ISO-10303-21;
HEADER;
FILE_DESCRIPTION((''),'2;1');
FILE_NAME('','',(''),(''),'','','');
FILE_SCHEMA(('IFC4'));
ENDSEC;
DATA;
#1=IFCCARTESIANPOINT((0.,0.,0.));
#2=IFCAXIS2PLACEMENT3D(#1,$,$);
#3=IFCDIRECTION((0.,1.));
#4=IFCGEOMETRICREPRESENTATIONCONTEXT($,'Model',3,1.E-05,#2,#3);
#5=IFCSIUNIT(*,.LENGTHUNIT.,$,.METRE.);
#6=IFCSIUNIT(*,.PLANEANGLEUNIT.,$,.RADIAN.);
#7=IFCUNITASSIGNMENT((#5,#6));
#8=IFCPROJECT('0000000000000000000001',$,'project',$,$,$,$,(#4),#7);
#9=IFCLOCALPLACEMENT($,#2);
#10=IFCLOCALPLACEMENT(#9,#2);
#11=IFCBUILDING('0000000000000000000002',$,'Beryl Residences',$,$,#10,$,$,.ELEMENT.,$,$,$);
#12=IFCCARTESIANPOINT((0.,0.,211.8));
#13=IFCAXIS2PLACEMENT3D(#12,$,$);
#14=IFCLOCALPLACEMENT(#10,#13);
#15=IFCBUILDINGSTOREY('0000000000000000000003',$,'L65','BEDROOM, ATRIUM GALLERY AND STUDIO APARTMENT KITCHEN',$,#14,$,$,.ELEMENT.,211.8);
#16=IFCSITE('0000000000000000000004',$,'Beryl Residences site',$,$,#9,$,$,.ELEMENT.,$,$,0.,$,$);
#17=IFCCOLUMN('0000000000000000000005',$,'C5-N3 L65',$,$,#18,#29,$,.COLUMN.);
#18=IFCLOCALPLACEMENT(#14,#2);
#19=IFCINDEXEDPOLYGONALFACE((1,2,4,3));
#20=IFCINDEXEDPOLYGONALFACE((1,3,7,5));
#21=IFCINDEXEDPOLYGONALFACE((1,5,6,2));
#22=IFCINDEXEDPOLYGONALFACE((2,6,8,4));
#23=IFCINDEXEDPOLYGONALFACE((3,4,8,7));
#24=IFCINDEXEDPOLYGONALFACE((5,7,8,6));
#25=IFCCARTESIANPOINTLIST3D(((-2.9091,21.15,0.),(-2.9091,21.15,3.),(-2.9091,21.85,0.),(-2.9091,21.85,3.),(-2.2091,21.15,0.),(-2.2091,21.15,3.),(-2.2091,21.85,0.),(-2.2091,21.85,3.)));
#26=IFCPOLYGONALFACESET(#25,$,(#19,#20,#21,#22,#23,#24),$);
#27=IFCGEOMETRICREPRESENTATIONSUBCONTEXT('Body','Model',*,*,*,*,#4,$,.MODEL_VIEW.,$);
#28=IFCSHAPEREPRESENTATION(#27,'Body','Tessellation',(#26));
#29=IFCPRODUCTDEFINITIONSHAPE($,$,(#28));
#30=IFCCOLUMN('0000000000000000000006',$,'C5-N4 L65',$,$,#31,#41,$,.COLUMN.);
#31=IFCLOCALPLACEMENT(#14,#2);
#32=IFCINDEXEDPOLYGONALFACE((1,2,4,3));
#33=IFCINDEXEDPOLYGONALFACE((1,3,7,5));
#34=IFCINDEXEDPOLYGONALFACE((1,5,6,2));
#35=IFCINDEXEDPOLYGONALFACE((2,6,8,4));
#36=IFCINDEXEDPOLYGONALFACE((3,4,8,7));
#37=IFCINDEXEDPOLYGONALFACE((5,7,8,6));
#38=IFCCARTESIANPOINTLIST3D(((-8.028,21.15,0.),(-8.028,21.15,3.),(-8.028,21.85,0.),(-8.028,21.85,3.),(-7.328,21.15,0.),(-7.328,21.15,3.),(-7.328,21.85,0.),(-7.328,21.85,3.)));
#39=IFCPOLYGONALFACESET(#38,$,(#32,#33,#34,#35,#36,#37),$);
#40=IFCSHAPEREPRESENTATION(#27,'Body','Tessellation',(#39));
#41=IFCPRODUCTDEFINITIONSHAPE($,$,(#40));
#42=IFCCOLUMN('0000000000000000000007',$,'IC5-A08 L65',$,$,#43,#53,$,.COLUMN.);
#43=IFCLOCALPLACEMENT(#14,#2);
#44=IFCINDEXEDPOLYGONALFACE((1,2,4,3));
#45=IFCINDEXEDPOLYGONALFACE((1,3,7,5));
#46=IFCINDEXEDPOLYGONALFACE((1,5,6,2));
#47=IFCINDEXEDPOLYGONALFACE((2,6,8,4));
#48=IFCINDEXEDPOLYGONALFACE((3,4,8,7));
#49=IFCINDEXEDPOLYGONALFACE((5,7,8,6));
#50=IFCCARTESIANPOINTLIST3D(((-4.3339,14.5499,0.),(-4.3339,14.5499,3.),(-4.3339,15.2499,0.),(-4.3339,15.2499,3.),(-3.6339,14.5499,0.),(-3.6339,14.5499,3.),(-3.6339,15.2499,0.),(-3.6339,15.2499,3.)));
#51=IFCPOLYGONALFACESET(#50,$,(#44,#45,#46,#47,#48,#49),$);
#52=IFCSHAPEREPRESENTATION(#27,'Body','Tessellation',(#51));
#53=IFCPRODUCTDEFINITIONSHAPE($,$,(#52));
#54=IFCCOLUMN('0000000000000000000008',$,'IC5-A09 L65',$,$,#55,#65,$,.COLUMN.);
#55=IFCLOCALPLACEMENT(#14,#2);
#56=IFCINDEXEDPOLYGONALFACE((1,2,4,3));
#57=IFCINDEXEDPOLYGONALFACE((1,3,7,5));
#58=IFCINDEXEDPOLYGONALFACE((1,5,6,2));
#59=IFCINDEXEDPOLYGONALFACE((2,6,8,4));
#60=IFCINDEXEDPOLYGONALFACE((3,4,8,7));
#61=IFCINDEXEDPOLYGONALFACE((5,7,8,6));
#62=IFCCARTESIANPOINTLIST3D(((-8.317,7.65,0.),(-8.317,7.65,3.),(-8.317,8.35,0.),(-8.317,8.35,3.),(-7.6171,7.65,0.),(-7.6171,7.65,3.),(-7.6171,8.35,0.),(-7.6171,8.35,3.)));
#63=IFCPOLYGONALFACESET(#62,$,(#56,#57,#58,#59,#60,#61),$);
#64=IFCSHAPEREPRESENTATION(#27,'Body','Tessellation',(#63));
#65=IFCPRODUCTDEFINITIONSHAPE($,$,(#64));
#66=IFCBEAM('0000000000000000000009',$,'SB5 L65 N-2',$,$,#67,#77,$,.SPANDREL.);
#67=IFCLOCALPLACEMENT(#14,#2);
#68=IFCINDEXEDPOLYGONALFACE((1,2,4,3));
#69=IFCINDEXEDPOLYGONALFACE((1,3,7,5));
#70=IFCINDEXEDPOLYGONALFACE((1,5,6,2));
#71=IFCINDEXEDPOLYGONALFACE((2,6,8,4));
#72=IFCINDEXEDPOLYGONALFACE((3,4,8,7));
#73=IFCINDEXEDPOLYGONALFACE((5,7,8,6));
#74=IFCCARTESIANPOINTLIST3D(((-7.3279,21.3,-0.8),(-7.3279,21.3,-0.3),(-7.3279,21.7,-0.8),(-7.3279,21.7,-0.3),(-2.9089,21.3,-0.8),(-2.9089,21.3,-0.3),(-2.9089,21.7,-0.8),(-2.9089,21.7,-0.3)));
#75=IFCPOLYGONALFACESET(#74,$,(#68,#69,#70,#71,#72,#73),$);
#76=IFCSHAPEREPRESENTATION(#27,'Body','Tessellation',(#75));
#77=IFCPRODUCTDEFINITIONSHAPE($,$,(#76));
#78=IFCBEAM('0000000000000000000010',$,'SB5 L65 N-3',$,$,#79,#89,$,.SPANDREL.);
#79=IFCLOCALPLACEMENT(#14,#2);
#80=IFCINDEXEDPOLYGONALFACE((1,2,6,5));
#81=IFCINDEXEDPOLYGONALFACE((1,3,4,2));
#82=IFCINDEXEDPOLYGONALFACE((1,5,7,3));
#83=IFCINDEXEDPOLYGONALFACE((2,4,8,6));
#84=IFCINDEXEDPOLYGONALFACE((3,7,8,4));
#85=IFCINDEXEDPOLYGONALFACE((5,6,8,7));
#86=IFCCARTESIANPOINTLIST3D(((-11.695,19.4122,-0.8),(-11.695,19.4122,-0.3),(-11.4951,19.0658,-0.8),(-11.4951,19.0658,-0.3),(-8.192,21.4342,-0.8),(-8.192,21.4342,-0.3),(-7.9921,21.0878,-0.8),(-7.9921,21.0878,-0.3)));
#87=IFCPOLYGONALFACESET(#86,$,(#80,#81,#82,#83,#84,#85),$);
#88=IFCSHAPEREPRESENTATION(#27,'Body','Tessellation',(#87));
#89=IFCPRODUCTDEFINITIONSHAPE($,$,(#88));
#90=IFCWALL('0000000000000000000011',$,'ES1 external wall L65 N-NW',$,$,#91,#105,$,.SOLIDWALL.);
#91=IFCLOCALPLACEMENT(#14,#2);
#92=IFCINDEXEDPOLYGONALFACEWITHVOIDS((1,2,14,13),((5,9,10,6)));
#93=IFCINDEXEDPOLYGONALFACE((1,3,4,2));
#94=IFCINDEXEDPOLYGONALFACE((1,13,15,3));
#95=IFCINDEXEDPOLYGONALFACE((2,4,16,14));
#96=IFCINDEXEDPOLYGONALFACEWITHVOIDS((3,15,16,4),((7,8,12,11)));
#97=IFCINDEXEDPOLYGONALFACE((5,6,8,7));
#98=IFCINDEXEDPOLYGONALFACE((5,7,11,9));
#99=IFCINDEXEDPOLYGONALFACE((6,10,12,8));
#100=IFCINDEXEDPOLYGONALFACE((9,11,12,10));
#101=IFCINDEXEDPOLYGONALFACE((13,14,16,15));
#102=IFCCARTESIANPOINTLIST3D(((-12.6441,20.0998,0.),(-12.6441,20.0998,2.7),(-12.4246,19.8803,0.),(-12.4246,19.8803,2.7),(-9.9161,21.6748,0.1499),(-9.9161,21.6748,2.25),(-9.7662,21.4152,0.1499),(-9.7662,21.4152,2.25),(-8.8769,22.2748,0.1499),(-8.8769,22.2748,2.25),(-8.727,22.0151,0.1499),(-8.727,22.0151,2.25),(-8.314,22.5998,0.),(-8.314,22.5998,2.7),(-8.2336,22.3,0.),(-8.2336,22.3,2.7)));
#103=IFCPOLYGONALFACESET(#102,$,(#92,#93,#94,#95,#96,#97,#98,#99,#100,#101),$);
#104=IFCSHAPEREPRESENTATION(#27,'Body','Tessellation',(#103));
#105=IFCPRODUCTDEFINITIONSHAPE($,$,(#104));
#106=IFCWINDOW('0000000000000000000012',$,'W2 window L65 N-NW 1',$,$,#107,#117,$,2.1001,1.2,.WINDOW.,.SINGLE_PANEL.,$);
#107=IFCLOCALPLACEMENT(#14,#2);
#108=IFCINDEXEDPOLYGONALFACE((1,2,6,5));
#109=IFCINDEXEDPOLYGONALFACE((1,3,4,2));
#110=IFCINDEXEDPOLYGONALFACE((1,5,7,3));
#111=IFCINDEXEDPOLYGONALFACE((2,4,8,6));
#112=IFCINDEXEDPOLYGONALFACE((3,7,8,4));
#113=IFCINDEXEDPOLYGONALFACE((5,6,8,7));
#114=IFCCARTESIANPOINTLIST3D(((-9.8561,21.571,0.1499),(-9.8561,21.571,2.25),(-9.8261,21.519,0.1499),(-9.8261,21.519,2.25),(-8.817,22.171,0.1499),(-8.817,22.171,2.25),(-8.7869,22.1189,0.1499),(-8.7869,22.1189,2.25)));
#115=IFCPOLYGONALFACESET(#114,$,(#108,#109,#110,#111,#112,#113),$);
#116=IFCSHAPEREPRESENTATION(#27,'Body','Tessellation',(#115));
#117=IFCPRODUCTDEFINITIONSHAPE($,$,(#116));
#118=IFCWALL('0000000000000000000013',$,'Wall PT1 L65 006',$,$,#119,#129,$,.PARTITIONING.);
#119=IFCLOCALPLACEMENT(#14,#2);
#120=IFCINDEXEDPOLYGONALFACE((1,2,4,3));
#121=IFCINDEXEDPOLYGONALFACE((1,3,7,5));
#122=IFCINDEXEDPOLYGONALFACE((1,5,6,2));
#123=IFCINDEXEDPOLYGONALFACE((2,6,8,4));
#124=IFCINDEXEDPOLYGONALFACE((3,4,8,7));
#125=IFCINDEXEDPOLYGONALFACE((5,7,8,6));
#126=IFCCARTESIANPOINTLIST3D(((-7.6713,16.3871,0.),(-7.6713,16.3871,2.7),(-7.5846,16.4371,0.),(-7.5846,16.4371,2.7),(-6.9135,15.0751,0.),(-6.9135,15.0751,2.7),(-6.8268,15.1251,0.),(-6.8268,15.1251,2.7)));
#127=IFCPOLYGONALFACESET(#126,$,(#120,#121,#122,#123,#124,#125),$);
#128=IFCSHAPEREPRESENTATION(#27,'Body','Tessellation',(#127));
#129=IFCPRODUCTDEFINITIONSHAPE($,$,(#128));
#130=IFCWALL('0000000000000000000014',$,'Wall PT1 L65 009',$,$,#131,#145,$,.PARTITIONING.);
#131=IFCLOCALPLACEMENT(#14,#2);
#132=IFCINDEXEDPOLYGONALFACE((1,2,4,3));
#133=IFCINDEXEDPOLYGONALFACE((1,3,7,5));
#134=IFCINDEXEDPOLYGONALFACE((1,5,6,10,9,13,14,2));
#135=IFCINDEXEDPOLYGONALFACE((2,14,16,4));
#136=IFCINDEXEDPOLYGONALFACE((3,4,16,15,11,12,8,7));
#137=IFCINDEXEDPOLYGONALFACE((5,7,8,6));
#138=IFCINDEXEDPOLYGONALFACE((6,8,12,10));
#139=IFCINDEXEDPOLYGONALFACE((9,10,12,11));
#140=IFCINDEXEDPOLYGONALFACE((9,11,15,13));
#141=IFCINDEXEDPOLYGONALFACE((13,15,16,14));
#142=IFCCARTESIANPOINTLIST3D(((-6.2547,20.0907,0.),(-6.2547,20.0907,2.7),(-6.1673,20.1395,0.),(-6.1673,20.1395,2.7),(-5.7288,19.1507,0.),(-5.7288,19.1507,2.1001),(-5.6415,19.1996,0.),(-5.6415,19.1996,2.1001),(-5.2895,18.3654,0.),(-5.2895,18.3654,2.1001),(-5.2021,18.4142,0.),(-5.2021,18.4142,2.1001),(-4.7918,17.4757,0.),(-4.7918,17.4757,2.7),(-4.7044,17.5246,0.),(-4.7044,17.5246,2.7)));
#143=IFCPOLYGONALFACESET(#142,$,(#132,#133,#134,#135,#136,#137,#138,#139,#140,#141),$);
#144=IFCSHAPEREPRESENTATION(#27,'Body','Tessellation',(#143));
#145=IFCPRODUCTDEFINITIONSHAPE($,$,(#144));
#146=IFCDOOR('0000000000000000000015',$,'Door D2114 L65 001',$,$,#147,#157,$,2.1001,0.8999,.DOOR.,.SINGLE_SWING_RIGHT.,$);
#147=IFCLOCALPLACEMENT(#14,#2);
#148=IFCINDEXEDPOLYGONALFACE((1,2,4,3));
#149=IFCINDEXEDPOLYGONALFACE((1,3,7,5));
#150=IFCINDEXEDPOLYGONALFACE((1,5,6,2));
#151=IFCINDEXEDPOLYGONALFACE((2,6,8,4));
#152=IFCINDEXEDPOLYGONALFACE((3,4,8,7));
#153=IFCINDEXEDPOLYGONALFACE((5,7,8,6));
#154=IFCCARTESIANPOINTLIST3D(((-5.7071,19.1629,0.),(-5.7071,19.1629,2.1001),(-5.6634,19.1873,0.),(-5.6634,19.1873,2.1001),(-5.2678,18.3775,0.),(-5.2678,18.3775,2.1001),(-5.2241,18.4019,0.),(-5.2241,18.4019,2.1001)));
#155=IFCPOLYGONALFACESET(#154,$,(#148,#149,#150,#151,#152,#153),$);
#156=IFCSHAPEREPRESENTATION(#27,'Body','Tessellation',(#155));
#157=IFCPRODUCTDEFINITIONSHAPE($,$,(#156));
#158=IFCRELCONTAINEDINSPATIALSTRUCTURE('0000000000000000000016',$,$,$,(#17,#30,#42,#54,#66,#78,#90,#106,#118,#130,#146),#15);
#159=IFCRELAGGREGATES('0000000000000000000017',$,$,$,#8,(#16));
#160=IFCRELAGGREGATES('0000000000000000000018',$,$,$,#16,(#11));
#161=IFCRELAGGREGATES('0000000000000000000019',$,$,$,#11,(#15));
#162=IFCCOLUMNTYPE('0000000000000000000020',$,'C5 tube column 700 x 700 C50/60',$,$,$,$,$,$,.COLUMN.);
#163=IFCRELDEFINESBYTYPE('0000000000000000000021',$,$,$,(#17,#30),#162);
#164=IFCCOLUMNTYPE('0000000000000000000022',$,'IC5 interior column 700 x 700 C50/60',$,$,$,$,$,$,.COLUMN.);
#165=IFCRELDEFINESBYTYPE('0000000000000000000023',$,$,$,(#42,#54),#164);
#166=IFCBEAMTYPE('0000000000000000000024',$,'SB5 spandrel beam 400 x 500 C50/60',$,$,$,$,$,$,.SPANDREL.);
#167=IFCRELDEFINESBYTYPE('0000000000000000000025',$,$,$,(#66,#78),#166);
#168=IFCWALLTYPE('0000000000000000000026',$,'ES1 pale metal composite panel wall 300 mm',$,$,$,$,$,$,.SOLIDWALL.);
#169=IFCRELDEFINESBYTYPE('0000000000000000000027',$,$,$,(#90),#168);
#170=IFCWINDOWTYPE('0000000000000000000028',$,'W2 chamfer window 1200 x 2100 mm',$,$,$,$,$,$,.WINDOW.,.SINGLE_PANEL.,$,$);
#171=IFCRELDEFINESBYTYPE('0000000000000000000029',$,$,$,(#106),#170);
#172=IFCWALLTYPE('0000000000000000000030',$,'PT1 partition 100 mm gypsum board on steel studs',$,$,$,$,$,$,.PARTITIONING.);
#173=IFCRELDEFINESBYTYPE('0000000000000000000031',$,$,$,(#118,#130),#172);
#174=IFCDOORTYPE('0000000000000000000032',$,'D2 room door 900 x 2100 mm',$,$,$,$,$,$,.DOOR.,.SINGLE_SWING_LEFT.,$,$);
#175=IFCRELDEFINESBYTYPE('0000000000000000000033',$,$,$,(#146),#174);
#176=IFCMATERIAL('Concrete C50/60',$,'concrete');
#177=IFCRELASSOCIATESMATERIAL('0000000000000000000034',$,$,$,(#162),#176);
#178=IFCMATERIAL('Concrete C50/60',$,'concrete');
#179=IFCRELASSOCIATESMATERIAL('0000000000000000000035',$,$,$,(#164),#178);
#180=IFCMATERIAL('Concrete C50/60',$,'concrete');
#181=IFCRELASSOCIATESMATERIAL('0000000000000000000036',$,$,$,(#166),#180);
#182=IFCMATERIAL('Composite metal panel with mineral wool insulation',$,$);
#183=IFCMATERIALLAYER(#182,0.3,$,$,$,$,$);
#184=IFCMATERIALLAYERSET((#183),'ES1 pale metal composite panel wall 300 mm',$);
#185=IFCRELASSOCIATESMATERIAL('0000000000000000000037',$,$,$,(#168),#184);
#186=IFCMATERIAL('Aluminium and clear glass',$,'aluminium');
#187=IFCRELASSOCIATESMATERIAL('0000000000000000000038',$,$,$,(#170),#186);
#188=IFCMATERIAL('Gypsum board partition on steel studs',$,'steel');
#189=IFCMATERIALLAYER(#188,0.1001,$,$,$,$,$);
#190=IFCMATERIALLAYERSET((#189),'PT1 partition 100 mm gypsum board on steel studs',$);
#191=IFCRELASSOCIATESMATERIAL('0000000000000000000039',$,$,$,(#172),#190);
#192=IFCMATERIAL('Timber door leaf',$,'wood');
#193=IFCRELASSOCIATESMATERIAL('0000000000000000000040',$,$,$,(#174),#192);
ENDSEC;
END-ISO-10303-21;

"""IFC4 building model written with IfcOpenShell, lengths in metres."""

from ifc_helpers import new_model, si_unit, direction, frame, frame_2d, origin, origin_2d, place, context, subcontext, project, spatial, polyline, rectangle, outline, extrude, material, layer, layer_set, material_profile, profile_set, type_object, element, fill, save


model = new_model("IFC4")

# Units and contexts
model_context = context("Model", 3, precision=1e-05, world=origin(), true_north=direction((0.0, 1.0)))
body_context = subcontext(model_context, "Body", "Model", "MODEL_VIEW")
ifc_project = project(units=[si_unit("LENGTHUNIT", "METRE"), si_unit("PLANEANGLEUNIT", "RADIAN")], contexts=[model_context])

# Site, building, storey
site_placement = place(None, origin())
site = spatial("IfcSite", under=ifc_project, at=site_placement, Name="Beryl Residences site", CompositionType="ELEMENT", RefElevation=0.0)
building_placement = place(site_placement, origin())
building = spatial("IfcBuilding", under=site, at=building_placement, Name="Beryl Residences", CompositionType="ELEMENT")
storey_placement = place(building_placement, frame((0.0, 0.0, 211.8)))
storey = spatial("IfcBuildingStorey", under=building, at=storey_placement, Name="L65", Description="BEDROOM, ATRIUM GALLERY AND STUDIO APARTMENT KITCHEN", CompositionType="ELEMENT", Elevation=211.8)

# Columns
ifc_material_1 = material(Name="Concrete C50/60", Category="concrete")
ifc_material_profile_1 = material_profile(ifc_material_1, rectangle(XDim=0.7, YDim=0.7, at=origin_2d()))
ifc_profile_set_1 = profile_set([ifc_material_profile_1], Name="Concrete C50/60")
column_type_1 = type_object("IfcColumnType", Name="C5 tube column 700 x 700 C50/60", PredefinedType="COLUMN", material=ifc_profile_set_1)
for number, where, z_axis, x_axis, name in (
    (1, (-2.5591, 21.5, 0.0), (0.0, 0.0, 1.0), (-1.0, 0.0, 0.0), "C5-N3 L65"),
    (2, (-7.678, 21.5, 0.0), (0.0, 0.0, 1.0), (-1.0, 0.0, 0.0), "C5-N4 L65"),
):
    element("IfcColumn", number, at=place(storey_placement, frame(where, z_axis=z_axis, x_axis=x_axis)), inside=storey, type_object=column_type_1, Name=name, PredefinedType="COLUMN", context=body_context, shape_type="SweptSolid", body=[
        extrude(rectangle(XDim=0.7, YDim=0.7, at=origin_2d()), origin(), (0.0, 0.0, 1.0), 3.0),
    ])
ifc_material_2 = material(Name="Concrete C50/60", Category="concrete")
ifc_material_profile_2 = material_profile(ifc_material_2, rectangle(XDim=0.7, YDim=0.7, at=origin_2d()))
ifc_profile_set_2 = profile_set([ifc_material_profile_2], Name="Concrete C50/60")
column_type_2 = type_object("IfcColumnType", Name="IC5 interior column 700 x 700 C50/60", PredefinedType="COLUMN", material=ifc_profile_set_2)
for number, where, z_axis, x_axis, name in (
    (3, (-3.9839, 14.8999, 0.0), (0.0, 0.0, 1.0), (1.0, 0.0, 0.0), "IC5-A08 L65"),
    (4, (-7.967, 8.0, 0.0), (0.0, 0.0, 1.0), (1.0, 0.0, 0.0), "IC5-A09 L65"),
):
    element("IfcColumn", number, at=place(storey_placement, frame(where, z_axis=z_axis, x_axis=x_axis)), inside=storey, type_object=column_type_2, Name=name, PredefinedType="COLUMN", context=body_context, shape_type="SweptSolid", body=[
        extrude(rectangle(XDim=0.7, YDim=0.7, at=origin_2d()), origin(), (0.0, 0.0, 1.0), 3.0),
    ])

# Beams
ifc_material_3 = material(Name="Concrete C50/60", Category="concrete")
ifc_material_profile_3 = material_profile(ifc_material_3, rectangle(XDim=0.3999, YDim=0.5, at=origin_2d()))
ifc_profile_set_3 = profile_set([ifc_material_profile_3], Name="Concrete C50/60")
beam_type = type_object("IfcBeamType", Name="SB5 spandrel beam 400 x 500 C50/60", PredefinedType="SPANDREL", material=ifc_profile_set_3)
beam_1_placement = place(storey_placement, frame((-2.9089, 21.5, -0.55), z_axis=(-1.0, 0.0, 0.0), x_axis=(0.0, -1.0, 0.0)))
element("IfcBeam", 5, at=beam_1_placement, inside=storey, type_object=beam_type, Name="SB5 L65 N-2", PredefinedType="SPANDREL", context=body_context, shape_type="SweptSolid", body=[
    extrude(rectangle(XDim=0.3999, YDim=0.5, at=origin_2d()), origin(), (0.0, 0.0, 1.0), 4.4189),
])
beam_2_placement = place(storey_placement, frame((-8.092, 21.261, -0.55), z_axis=(-0.866073, -0.499918, 0.0), x_axis=(0.499918, -0.866073, 0.0)))
element("IfcBeam", 6, at=beam_2_placement, inside=storey, type_object=beam_type, Name="SB5 L65 N-3", PredefinedType="SPANDREL", context=body_context, shape_type="SweptSolid", body=[
    extrude(rectangle(XDim=0.3999, YDim=0.5, at=origin_2d()), origin(), (0.0, 0.0, 1.0), 4.0447),
])

# Wall, opening, window
ifc_material_4 = material(Name="Composite metal panel with mineral wool insulation")
ifc_layer_1 = layer(ifc_material_4, 0.3)
ifc_layer_set_1 = layer_set([ifc_layer_1], Name="ES1 pale metal composite panel wall 300 mm")
wall_type_1 = type_object("IfcWallType", Name="ES1 pale metal composite panel wall 300 mm", PredefinedType="SOLIDWALL", material=ifc_layer_set_1)
wall_1_placement = place(storey_placement, frame((-8.239, 22.47, 0.0), z_axis=(0.0, 0.0, 1.0), x_axis=(-0.866023, -0.500004, 0.0)))
wall_1 = element("IfcWall", 7, at=wall_1_placement, inside=storey, type_object=wall_type_1, Name="ES1 external wall L65 N-NW", PredefinedType="SOLIDWALL", context=body_context, shape_type="SweptSolid", body=[
    extrude(outline(polyline([(0.0, -0.1499), (5.0, -0.1499), (4.9197, 0.1499), (0.0803, 0.1499), (0.0, -0.1499)])), origin(), (0.0, 0.0, 1.0), 2.7),
])
opening_1_placement = place(wall_1_placement, frame((0.6499, 0.0, 0.1499)))
opening_1 = element("IfcOpeningElement", 8, at=opening_1_placement, cuts=wall_1, PredefinedType="OPENING", context=body_context, shape_type="SweptSolid", body=[
    extrude(rectangle(XDim=1.2, YDim=2.1001, at=frame_2d((0.6001, 1.05))), frame((0.0, 0.1599, 0.0), z_axis=(0.0, -1.0, 0.0), x_axis=(1.0, 0.0, 0.0)), (0.0, 0.0, 1.0), 0.3201),
])
ifc_material_5 = material(Name="Aluminium and clear glass", Category="aluminium")
window_type = type_object("IfcWindowType", Name="W2 chamfer window 1200 x 2100 mm", PartitioningType="SINGLE_PANEL", PredefinedType="WINDOW", material=ifc_material_5)
window_placement = place(opening_1_placement, origin())
window = element("IfcWindow", 9, at=window_placement, inside=storey, type_object=window_type, Name="W2 window L65 N-NW 1", OverallHeight=2.1001, OverallWidth=1.2, PartitioningType="SINGLE_PANEL", PredefinedType="WINDOW", context=body_context, shape_type="SweptSolid", body=[
    extrude(rectangle(XDim=1.2, YDim=2.1001, at=frame_2d((0.6001, 1.05))), frame((0.0, 0.03, 0.0), z_axis=(0.0, -1.0, 0.0), x_axis=(1.0, 0.0, 0.0)), (0.0, 0.0, 1.0), 0.0601),
])
fill(opening_1, window)

# Wall
ifc_material_6 = material(Name="Gypsum board partition on steel studs", Category="steel")
ifc_layer_2 = layer(ifc_material_6, 0.1001)
ifc_layer_set_2 = layer_set([ifc_layer_2], Name="PT1 partition 100 mm gypsum board on steel studs")
wall_type_2 = type_object("IfcWallType", Name="PT1 partition 100 mm gypsum board on steel studs", PredefinedType="PARTITIONING", material=ifc_layer_set_2)
wall_2_placement = place(storey_placement, frame((-7.6279, 16.4121, 0.0), z_axis=(0.0, 0.0, 1.0), x_axis=(0.500159, -0.865933, 0.0)))
element("IfcWall", 10, at=wall_2_placement, inside=storey, type_object=wall_type_2, Name="Wall PT1 L65 006", PredefinedType="PARTITIONING", context=body_context, shape_type="SweptSolid", body=[
    extrude(rectangle(XDim=1.5151, YDim=0.1001, at=frame_2d((0.7576, 0.0))), origin(), (0.0, 0.0, 1.0), 2.7),
])

# Wall, opening, door
wall_3_placement = place(storey_placement, frame((-6.2109, 20.115, 0.0), z_axis=(0.0, 0.0, 1.0), x_axis=(0.488221, -0.87272, 0.0)))
wall_3 = element("IfcWall", 11, at=wall_3_placement, inside=storey, type_object=wall_type_2, Name="Wall PT1 L65 009", PredefinedType="PARTITIONING", context=body_context, shape_type="SweptSolid", body=[
    extrude(rectangle(XDim=2.9963, YDim=0.1001, at=frame_2d((1.498, 0.0))), origin(), (0.0, 0.0, 1.0), 2.7),
])
opening_2_placement = place(wall_3_placement, frame((1.0769, 0.0, 0.0)))
opening_2 = element("IfcOpeningElement", 12, at=opening_2_placement, cuts=wall_3, PredefinedType="OPENING", context=body_context, shape_type="SweptSolid", body=[
    extrude(rectangle(XDim=0.8999, YDim=2.1001, at=frame_2d((0.45, 1.05))), frame((0.0, 0.0601, 0.0), z_axis=(0.0, -1.0, 0.0), x_axis=(1.0, 0.0, 0.0)), (0.0, 0.0, 1.0), 0.1201),
])
ifc_material_7 = material(Name="Timber door leaf", Category="wood")
door_type_1 = type_object("IfcDoorType", Name="D2 room door 900 x 2100 mm", OperationType="SINGLE_SWING_LEFT", PredefinedType="DOOR", material=ifc_material_7)
door_1_placement = place(opening_2_placement, origin())
door_1 = element("IfcDoor", 13, at=door_1_placement, inside=storey, type_object=door_type_1, Name="Door D2114 L65 001", OperationType="SINGLE_SWING_RIGHT", OverallHeight=2.1001, OverallWidth=0.8999, PredefinedType="DOOR", context=body_context, shape_type="SweptSolid", body=[
    extrude(rectangle(XDim=0.8999, YDim=2.1001, at=frame_2d((0.45, 1.05))), frame((0.0, 0.0249, 0.0), z_axis=(0.0, -1.0, 0.0), x_axis=(1.0, 0.0, 0.0)), (0.0, 0.0, 1.0), 0.05),
])
fill(opening_2, door_1)

save(model, "model.ifc")
